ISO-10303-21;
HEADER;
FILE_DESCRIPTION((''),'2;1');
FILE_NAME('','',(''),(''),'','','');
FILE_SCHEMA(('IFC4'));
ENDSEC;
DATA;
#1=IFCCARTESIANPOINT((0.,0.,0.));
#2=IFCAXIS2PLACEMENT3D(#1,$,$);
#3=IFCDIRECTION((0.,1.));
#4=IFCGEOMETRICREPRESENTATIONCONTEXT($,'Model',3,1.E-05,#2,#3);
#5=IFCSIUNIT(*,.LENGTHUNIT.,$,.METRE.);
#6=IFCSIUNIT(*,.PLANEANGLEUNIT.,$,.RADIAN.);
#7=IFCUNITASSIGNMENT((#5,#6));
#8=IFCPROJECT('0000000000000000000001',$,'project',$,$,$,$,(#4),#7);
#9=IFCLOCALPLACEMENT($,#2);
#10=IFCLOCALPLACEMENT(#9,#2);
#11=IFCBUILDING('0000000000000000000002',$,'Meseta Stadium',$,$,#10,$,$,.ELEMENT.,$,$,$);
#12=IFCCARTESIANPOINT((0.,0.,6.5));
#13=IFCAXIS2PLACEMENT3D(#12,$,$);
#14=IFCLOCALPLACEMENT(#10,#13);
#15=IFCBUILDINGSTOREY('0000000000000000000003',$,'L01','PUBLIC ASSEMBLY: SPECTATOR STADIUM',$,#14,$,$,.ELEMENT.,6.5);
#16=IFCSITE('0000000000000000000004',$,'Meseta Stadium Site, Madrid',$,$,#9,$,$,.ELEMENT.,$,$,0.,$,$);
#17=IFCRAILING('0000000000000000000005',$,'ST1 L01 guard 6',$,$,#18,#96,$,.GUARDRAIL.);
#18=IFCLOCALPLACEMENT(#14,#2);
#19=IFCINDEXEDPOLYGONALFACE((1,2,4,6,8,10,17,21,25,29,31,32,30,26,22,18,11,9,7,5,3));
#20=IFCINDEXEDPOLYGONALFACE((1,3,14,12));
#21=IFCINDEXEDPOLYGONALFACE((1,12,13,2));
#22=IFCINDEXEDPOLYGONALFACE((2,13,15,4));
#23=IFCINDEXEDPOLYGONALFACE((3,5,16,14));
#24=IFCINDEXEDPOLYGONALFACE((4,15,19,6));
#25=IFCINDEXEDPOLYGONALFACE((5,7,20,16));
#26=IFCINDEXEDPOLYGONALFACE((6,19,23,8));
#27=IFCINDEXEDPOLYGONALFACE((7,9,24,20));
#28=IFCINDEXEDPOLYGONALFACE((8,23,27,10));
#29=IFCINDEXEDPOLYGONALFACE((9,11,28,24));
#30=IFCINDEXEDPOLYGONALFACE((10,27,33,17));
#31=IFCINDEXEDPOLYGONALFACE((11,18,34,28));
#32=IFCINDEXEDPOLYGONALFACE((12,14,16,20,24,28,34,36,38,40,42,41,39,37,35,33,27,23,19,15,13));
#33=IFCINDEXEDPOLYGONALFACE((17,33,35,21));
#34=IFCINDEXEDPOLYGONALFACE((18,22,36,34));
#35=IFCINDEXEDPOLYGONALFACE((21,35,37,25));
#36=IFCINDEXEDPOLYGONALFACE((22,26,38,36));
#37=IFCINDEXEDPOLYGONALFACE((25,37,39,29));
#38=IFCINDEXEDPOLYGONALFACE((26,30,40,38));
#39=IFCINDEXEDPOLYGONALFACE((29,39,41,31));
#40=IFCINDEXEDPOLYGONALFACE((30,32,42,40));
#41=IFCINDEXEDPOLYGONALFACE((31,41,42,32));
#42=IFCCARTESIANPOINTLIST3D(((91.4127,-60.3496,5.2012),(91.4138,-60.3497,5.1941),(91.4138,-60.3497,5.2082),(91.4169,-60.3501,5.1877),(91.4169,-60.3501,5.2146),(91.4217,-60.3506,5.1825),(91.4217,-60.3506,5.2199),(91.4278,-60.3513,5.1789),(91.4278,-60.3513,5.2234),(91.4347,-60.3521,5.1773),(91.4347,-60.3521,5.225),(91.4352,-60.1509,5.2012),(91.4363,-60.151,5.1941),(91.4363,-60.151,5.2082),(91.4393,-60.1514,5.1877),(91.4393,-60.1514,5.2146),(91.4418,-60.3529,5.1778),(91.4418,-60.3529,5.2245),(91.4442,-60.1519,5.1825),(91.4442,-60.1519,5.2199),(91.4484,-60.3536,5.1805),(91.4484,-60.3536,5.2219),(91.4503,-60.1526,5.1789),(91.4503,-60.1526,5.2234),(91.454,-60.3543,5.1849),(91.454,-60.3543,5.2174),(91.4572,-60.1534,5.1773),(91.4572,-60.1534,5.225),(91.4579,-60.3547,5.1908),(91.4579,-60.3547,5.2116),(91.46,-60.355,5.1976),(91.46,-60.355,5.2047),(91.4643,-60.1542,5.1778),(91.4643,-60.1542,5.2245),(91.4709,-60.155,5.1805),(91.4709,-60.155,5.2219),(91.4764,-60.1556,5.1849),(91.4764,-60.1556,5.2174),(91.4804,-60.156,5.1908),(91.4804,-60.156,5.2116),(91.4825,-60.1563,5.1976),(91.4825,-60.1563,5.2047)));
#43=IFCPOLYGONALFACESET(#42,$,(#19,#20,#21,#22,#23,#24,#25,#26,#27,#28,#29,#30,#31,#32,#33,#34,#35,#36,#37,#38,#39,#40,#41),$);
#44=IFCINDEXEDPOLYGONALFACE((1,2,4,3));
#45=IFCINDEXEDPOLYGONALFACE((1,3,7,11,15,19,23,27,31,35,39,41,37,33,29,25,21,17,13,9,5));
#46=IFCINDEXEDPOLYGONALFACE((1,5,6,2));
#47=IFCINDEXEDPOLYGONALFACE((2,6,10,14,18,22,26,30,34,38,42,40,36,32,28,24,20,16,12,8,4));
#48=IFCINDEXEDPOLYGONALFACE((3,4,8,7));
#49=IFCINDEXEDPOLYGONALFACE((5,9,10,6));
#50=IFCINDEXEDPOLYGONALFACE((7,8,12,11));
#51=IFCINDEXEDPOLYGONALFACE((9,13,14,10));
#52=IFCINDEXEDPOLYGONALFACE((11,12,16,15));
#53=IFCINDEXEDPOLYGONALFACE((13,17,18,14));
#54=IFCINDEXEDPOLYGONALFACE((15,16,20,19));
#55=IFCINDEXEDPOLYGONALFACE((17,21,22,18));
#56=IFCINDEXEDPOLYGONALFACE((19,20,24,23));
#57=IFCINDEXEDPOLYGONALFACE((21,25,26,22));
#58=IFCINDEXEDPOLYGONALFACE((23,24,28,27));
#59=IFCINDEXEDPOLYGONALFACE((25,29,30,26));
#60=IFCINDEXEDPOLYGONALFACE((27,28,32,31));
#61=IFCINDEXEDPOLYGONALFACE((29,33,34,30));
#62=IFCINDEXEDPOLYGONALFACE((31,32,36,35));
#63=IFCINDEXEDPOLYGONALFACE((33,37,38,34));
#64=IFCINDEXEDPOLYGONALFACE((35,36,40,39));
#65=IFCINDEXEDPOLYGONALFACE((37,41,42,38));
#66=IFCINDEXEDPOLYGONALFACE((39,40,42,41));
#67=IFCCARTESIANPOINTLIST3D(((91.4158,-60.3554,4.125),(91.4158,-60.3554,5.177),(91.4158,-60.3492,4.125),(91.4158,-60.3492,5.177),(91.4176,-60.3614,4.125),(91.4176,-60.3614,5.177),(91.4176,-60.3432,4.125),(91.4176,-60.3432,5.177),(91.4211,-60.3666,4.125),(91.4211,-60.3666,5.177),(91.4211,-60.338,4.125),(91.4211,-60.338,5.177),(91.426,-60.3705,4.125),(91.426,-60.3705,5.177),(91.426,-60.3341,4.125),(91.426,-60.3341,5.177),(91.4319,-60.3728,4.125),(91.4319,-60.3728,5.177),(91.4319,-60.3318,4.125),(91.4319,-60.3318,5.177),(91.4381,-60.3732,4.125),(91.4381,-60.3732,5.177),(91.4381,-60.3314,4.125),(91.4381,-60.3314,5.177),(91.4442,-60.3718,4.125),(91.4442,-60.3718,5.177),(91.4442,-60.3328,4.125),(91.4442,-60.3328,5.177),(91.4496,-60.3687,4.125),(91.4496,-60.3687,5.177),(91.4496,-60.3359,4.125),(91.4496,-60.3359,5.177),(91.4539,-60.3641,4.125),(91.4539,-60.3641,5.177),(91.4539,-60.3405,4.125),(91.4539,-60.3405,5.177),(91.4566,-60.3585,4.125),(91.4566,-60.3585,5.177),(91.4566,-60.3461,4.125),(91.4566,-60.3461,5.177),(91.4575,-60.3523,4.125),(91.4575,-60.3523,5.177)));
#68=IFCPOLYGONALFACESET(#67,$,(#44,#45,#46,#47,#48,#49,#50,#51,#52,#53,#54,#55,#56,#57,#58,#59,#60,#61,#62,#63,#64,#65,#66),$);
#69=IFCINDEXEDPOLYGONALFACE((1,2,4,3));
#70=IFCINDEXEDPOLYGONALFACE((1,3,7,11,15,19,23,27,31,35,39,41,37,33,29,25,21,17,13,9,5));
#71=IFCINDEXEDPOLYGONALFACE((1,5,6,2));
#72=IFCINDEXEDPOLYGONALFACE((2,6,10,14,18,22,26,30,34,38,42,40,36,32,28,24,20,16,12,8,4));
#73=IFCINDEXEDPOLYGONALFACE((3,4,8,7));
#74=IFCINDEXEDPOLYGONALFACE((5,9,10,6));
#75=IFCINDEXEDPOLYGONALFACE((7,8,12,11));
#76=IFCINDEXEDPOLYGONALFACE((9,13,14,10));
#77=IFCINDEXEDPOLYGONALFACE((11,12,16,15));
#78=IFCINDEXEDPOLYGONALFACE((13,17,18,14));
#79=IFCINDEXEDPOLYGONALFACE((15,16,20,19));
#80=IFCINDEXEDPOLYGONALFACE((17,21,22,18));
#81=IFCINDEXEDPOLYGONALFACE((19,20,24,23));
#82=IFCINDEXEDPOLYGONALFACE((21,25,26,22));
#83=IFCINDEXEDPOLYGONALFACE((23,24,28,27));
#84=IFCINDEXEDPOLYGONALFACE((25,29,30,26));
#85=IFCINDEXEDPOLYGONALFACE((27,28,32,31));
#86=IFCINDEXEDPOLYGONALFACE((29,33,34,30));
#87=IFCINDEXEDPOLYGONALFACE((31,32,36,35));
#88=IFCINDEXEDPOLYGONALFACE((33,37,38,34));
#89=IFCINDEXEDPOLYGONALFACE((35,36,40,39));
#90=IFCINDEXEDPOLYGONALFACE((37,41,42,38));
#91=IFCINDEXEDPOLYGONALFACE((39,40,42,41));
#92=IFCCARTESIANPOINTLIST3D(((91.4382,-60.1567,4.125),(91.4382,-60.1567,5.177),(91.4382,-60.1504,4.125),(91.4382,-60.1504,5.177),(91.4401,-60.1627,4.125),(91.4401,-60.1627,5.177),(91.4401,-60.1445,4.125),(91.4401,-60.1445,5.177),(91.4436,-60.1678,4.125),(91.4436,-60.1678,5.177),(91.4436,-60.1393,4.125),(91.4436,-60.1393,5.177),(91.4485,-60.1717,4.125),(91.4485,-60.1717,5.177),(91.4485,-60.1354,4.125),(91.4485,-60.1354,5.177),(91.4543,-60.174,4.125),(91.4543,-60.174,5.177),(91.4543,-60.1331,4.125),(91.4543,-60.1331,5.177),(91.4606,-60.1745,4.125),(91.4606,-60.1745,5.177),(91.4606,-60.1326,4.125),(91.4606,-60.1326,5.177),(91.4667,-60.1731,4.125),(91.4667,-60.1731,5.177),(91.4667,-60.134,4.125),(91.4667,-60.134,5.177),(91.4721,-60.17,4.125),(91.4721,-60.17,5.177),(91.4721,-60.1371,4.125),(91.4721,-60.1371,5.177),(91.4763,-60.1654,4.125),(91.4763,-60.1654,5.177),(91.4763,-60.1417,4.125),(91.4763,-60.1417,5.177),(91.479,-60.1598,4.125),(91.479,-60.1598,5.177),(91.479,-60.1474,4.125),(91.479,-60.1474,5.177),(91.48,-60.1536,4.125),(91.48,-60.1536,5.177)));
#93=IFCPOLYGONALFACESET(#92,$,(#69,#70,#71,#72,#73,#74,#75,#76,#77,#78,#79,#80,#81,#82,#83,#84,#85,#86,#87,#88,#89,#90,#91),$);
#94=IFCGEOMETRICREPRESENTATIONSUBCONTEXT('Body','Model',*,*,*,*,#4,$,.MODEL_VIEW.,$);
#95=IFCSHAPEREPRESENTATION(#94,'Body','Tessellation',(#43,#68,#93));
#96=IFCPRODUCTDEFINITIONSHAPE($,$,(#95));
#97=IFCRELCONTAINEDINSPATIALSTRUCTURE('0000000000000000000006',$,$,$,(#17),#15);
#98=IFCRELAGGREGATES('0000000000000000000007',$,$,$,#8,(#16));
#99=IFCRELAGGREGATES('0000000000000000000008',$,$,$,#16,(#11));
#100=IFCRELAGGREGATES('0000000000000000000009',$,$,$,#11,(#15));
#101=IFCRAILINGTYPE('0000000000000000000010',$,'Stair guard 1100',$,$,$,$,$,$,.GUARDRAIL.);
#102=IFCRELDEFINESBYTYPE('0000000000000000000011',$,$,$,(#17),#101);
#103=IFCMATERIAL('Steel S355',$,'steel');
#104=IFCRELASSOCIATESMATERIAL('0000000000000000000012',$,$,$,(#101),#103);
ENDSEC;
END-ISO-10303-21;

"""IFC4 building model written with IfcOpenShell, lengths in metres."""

from ifc_helpers import new_model, si_unit, direction, frame, origin, origin_2d, place, context, subcontext, project, spatial, circle, extrude, material, type_object, element, save


model = new_model("IFC4")

# Units and contexts
model_context = context("Model", 3, precision=1e-05, world=origin(), true_north=direction((0.0, 1.0)))
body_context = subcontext(model_context, "Body", "Model", "MODEL_VIEW")
ifc_project = project(units=[si_unit("LENGTHUNIT", "METRE"), si_unit("PLANEANGLEUNIT", "RADIAN")], contexts=[model_context])

# Site, building, storey
site_placement = place(None, origin())
site = spatial("IfcSite", under=ifc_project, at=site_placement, Name="Meseta Stadium Site, Madrid", CompositionType="ELEMENT", RefElevation=0.0)
building_placement = place(site_placement, origin())
building = spatial("IfcBuilding", under=site, at=building_placement, Name="Meseta Stadium", CompositionType="ELEMENT")
storey_placement = place(building_placement, frame((0.0, 0.0, 6.5)))
storey = spatial("IfcBuildingStorey", under=building, at=storey_placement, Name="L01", Description="PUBLIC ASSEMBLY: SPECTATOR STADIUM", CompositionType="ELEMENT", Elevation=6.5)

# Railing
ifc_material_1 = material(Name="Steel S355", Category="steel")
railing_type_1 = type_object("IfcRailingType", Name="Stair guard 1100", PredefinedType="GUARDRAIL", material=ifc_material_1)
railing_1_placement = place(storey_placement, frame((91.4365, -60.3523, 4.125)))
element("IfcRailing", 1, at=railing_1_placement, inside=storey, type_object=railing_type_1, Name="ST1 L01 guard 6", PredefinedType="GUARDRAIL", context=body_context, shape_type="SweptSolid", body=[
    extrude(circle(Radius=0.0239, at=origin_2d()), frame((0.0, 0.0, 1.0762), z_axis=(0.112307, 0.993674, 0.0), x_axis=(-0.993674, 0.112307, 0.0)), (0.0, 0.0, 1.0), 0.2),
    extrude(circle(Radius=0.021, at=origin_2d()), origin(), (0.0, 0.0, 1.0), 1.052),
    extrude(circle(Radius=0.021, at=origin_2d()), frame((0.0225, 0.1987, 0.0)), (0.0, 0.0, 1.0), 1.052),
])

save(model, "model.ifc")
